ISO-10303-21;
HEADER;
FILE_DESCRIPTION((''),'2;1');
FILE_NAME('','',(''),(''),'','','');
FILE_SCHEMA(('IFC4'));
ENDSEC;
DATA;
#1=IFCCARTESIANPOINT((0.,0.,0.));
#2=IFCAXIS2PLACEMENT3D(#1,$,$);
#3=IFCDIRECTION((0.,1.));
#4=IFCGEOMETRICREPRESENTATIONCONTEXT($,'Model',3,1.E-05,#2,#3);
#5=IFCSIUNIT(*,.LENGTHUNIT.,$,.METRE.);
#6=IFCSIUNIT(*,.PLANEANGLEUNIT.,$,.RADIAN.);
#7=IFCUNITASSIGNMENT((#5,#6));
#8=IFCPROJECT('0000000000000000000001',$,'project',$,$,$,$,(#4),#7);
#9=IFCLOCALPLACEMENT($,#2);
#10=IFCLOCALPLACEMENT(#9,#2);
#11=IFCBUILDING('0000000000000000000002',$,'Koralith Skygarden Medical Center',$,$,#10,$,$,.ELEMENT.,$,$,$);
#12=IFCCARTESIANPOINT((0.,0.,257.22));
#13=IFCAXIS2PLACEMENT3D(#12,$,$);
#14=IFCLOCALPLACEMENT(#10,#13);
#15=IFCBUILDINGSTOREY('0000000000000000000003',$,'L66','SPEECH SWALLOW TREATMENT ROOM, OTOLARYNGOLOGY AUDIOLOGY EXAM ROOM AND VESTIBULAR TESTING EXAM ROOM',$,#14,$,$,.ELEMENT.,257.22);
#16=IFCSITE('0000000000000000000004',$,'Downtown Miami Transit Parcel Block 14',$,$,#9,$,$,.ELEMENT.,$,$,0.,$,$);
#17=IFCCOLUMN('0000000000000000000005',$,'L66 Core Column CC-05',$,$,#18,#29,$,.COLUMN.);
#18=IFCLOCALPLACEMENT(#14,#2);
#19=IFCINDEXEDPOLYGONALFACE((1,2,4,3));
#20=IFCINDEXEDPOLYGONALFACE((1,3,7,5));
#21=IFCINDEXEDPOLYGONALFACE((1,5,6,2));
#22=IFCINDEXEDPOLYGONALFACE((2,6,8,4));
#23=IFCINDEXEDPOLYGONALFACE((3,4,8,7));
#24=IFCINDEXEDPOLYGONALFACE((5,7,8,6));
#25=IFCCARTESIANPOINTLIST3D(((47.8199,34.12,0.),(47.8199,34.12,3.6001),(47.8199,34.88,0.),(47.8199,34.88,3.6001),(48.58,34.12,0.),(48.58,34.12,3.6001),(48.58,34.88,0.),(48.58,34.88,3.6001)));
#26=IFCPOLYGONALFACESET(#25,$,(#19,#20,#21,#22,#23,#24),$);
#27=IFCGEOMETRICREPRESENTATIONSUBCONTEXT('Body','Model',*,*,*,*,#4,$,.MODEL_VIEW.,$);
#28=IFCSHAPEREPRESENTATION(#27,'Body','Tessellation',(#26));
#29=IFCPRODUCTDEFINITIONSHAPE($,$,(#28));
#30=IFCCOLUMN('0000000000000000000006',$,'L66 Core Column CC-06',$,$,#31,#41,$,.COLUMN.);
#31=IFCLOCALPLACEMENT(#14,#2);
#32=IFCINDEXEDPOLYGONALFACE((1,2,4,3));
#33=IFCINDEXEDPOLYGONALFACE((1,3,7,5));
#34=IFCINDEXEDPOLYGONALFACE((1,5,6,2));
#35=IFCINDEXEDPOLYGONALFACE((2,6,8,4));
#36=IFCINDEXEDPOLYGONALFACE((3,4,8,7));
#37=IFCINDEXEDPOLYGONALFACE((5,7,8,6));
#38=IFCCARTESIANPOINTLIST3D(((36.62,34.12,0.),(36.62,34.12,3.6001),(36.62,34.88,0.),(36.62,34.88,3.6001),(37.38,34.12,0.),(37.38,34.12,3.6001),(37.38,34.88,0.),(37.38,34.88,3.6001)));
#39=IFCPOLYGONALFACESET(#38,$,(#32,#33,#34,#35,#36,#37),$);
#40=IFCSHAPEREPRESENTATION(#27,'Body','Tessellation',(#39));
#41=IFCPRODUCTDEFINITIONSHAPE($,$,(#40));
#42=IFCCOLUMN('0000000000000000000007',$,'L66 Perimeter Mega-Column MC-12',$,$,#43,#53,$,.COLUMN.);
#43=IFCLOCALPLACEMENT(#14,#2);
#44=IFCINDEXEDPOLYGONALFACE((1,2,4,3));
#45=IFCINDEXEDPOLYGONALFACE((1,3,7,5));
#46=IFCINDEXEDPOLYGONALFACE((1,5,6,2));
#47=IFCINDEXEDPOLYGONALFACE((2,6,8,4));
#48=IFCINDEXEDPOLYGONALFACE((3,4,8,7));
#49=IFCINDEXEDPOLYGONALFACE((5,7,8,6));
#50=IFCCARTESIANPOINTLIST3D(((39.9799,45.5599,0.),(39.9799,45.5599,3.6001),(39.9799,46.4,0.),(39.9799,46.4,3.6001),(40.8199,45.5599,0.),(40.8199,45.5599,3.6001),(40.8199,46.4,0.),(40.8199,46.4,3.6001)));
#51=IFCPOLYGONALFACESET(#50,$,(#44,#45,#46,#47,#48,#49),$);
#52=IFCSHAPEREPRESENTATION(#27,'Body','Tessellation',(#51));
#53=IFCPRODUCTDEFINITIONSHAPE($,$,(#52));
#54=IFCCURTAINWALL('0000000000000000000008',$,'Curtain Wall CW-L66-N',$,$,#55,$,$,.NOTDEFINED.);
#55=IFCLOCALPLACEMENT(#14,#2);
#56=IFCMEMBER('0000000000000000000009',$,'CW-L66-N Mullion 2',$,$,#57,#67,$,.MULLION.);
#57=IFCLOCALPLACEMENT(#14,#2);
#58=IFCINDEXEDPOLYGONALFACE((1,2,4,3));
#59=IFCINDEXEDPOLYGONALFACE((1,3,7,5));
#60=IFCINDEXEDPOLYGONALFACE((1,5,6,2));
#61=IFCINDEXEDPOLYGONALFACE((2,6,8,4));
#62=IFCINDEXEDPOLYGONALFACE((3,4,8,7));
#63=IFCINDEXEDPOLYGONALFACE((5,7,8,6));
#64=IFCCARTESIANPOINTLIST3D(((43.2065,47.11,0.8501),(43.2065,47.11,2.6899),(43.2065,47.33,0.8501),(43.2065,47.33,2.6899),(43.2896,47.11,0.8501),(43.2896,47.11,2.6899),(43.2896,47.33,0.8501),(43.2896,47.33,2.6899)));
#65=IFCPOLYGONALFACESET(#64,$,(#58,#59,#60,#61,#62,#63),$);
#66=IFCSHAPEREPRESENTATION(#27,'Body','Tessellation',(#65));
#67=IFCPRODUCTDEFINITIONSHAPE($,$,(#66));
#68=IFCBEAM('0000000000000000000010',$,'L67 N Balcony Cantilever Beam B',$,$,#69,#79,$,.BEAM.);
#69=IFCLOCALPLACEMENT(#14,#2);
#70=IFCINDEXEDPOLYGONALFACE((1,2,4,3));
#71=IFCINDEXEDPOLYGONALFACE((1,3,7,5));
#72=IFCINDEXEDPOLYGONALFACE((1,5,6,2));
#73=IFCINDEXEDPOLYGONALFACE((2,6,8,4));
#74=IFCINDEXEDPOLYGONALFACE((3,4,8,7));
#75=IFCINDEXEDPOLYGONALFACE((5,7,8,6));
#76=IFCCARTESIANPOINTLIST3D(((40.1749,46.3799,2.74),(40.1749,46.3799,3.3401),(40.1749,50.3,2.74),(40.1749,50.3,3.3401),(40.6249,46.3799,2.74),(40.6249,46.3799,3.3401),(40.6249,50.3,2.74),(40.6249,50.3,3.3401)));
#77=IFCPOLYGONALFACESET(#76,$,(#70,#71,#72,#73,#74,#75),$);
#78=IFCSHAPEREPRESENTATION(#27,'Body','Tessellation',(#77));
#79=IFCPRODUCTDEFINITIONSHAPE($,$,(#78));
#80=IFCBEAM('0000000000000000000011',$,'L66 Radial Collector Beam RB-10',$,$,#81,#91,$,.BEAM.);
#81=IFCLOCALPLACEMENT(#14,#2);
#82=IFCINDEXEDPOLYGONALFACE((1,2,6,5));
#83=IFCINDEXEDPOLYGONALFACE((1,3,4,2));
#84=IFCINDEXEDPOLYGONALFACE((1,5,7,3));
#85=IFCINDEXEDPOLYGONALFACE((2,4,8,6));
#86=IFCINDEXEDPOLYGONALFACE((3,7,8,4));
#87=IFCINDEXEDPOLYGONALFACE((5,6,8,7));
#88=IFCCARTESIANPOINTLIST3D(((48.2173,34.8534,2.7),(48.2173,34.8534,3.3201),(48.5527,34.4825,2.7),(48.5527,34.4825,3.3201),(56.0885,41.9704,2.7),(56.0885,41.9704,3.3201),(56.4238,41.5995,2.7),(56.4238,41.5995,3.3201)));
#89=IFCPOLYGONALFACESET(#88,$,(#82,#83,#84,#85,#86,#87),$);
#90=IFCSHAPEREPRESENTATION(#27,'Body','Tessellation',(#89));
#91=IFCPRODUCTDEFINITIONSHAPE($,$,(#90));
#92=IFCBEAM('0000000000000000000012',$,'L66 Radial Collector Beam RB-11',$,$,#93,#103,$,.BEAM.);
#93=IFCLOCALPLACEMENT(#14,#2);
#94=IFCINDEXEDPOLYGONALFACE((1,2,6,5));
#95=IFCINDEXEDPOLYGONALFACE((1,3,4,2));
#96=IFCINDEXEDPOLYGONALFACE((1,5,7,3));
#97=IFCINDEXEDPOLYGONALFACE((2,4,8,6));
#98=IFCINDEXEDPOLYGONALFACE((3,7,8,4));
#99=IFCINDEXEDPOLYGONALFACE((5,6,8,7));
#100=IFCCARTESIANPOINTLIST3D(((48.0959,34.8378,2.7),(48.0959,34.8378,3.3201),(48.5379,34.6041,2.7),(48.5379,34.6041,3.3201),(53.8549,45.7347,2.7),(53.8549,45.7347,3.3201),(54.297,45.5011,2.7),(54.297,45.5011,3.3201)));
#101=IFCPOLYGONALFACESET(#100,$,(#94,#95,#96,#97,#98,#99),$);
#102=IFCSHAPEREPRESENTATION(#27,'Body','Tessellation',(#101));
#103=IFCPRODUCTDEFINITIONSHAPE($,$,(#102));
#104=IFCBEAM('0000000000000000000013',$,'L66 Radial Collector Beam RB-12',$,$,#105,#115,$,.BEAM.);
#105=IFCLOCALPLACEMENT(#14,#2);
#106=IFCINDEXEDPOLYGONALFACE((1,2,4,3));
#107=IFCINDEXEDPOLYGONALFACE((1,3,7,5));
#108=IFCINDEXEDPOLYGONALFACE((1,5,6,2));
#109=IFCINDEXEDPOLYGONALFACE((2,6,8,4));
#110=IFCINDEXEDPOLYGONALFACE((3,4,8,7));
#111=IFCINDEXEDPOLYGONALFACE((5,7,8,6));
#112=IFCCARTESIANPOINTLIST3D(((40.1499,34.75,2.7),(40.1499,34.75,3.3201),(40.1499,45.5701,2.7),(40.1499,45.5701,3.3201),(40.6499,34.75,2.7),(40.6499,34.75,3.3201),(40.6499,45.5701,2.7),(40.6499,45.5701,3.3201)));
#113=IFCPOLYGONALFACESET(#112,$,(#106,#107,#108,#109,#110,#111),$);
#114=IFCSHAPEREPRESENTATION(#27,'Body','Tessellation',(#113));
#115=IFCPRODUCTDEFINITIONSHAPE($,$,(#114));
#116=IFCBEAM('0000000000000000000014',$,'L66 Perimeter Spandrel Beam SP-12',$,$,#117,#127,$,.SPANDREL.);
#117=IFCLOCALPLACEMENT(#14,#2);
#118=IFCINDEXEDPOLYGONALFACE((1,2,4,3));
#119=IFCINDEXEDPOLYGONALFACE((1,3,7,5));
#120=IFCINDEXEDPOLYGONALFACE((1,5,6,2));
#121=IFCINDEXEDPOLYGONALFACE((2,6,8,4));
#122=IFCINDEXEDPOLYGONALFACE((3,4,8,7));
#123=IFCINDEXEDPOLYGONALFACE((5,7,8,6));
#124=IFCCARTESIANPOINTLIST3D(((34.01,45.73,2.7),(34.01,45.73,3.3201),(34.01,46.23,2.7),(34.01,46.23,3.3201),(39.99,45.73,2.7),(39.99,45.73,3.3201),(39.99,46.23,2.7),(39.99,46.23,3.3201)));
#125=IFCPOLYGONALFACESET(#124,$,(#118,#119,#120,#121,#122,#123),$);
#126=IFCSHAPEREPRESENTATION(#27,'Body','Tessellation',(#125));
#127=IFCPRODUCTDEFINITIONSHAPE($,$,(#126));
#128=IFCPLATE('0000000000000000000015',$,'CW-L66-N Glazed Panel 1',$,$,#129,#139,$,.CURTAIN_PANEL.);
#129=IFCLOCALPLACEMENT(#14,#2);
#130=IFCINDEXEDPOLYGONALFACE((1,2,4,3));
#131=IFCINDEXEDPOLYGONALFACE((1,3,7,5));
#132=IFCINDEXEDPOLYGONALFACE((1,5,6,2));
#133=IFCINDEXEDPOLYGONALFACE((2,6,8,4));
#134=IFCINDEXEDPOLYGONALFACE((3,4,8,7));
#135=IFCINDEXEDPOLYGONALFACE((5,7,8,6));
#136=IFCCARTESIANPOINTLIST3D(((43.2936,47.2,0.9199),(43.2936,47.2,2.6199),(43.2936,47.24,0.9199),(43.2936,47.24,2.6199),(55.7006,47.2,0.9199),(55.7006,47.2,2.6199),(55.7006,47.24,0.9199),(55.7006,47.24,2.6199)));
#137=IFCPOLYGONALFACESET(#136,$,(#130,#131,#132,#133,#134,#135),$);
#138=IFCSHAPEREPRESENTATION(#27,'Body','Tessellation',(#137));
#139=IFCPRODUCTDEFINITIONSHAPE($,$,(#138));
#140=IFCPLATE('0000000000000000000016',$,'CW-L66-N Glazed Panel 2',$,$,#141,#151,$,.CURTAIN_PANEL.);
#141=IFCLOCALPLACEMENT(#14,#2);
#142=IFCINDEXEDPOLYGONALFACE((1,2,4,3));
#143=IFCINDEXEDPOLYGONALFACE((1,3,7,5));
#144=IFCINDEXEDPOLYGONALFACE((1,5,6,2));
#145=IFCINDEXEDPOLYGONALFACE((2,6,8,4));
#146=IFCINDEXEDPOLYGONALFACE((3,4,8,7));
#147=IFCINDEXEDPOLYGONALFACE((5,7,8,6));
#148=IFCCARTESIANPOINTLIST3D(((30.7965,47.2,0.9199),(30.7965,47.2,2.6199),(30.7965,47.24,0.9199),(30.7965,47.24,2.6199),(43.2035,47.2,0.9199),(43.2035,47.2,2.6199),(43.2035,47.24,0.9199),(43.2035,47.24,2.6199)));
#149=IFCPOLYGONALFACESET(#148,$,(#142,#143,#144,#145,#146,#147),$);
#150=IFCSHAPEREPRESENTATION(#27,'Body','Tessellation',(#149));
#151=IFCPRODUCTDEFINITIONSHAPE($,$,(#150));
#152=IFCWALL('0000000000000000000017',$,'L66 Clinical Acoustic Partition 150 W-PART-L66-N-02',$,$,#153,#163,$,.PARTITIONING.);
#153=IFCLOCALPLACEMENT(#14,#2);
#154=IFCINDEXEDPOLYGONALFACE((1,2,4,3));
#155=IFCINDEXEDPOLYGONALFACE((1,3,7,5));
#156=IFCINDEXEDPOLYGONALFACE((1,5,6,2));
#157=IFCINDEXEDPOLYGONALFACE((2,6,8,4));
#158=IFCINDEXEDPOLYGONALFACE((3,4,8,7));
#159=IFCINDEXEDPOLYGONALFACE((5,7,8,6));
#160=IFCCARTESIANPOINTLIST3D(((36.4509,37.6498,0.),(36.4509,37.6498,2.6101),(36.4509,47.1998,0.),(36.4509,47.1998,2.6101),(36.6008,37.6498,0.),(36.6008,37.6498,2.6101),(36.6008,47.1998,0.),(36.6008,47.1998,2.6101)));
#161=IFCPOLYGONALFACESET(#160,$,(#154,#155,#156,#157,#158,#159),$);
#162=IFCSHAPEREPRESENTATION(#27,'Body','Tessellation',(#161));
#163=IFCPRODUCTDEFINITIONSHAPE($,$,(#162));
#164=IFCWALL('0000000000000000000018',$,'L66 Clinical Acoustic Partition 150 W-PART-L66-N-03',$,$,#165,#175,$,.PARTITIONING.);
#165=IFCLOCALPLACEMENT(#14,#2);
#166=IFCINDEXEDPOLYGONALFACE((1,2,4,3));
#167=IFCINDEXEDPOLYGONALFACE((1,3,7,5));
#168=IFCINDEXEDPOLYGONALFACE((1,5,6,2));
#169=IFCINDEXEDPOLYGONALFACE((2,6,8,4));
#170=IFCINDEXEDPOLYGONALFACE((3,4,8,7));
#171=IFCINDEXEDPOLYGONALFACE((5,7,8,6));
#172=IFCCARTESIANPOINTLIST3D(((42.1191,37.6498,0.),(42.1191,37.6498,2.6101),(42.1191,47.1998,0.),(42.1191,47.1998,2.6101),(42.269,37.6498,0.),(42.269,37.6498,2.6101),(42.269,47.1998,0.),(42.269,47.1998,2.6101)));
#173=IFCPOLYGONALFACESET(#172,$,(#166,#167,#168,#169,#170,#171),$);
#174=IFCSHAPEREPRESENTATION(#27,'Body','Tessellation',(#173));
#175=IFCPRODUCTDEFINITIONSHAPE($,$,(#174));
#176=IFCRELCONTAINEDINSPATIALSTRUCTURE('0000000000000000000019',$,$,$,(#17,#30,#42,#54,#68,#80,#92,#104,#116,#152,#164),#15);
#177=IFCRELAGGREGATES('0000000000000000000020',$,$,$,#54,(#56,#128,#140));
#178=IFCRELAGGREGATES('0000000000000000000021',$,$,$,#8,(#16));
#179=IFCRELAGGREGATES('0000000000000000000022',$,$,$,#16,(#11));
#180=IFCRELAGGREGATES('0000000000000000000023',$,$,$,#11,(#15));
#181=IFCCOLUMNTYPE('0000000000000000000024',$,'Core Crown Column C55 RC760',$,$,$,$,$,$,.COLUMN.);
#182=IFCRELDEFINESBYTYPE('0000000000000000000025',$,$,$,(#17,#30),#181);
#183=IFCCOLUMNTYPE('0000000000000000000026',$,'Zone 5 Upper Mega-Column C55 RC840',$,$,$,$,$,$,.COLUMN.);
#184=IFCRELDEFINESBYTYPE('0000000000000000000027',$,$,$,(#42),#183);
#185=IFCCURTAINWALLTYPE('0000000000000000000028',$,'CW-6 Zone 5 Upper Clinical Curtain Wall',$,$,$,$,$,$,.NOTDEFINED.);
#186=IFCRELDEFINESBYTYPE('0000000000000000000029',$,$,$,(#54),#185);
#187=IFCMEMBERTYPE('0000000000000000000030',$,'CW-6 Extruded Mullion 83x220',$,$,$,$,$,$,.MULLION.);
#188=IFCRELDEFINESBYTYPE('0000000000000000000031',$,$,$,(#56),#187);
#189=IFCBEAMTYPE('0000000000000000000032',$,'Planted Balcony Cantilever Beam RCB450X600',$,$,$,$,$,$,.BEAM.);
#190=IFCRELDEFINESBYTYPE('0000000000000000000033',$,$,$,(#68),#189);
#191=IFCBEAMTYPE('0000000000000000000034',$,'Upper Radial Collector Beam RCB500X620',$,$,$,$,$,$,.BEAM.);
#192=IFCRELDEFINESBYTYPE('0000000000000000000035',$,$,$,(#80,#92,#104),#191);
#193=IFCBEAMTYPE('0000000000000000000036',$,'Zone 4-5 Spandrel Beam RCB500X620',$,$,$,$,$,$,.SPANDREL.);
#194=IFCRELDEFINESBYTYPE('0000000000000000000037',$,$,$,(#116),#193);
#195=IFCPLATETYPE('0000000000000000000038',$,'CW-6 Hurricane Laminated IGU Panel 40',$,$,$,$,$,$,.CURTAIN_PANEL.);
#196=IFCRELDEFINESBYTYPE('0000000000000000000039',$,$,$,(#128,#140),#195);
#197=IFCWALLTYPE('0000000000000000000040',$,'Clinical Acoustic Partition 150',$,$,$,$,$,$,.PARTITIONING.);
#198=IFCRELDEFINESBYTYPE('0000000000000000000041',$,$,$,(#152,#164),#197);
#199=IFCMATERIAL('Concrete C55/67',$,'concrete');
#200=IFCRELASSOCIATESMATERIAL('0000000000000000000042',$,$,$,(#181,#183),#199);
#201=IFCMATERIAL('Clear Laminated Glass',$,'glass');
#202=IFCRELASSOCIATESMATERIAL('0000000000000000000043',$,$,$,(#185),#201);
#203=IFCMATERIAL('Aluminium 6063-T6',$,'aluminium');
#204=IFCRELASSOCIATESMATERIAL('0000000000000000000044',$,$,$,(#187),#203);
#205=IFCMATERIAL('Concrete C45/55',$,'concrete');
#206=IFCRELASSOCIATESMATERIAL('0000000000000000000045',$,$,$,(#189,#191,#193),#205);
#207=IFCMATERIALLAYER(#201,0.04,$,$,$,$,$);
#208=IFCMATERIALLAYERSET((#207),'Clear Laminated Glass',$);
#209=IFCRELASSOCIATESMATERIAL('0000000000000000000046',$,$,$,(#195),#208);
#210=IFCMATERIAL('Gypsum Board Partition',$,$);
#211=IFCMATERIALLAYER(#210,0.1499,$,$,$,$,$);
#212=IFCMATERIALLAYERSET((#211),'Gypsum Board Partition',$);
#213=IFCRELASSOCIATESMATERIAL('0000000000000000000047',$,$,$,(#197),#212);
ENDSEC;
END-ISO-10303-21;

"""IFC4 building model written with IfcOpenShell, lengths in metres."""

from ifc_helpers import new_model, si_unit, direction, frame, frame_2d, origin, origin_2d, place, context, subcontext, project, spatial, rectangle, extrude, material, layer, layer_set, material_profile, profile_set, type_object, element, aggregate, save


model = new_model("IFC4")

# Units and contexts
model_context = context("Model", 3, precision=1e-05, world=origin(), true_north=direction((0.0, 1.0)))
body_context = subcontext(model_context, "Body", "Model", "MODEL_VIEW")
ifc_project = project(units=[si_unit("LENGTHUNIT", "METRE"), si_unit("PLANEANGLEUNIT", "RADIAN")], contexts=[model_context])

# Site, building, storey
site_placement = place(None, origin())
site = spatial("IfcSite", under=ifc_project, at=site_placement, Name="Downtown Miami Transit Parcel Block 14", CompositionType="ELEMENT", RefElevation=0.0)
building_placement = place(site_placement, origin())
building = spatial("IfcBuilding", under=site, at=building_placement, Name="Koralith Skygarden Medical Center", CompositionType="ELEMENT")
storey_placement = place(building_placement, frame((0.0, 0.0, 257.22)))
storey = spatial("IfcBuildingStorey", under=building, at=storey_placement, Name="L66", Description="SPEECH SWALLOW TREATMENT ROOM, OTOLARYNGOLOGY AUDIOLOGY EXAM ROOM AND VESTIBULAR TESTING EXAM ROOM", CompositionType="ELEMENT", Elevation=257.22)

# Columns
ifc_material_1 = material(Name="Concrete C55/67", Category="concrete")
ifc_material_profile_1 = material_profile(ifc_material_1, rectangle(XDim=0.76, YDim=0.76, at=origin_2d()), Name="RC760X760")
ifc_profile_set_1 = profile_set([ifc_material_profile_1], Name="Concrete C55/67")
column_type_1 = type_object("IfcColumnType", Name="Core Crown Column C55 RC760", PredefinedType="COLUMN", material=ifc_profile_set_1)
for number, where, z_axis, x_axis, name in (
    (1, (48.2, 34.5, 0.0), (0.0, 0.0, 1.0), (1.0, 0.0, 0.0), "L66 Core Column CC-05"),
    (2, (37.0, 34.5, 0.0), (0.0, 0.0, 1.0), (1.0, 0.0, 0.0), "L66 Core Column CC-06"),
):
    element("IfcColumn", number, at=place(storey_placement, frame(where, z_axis=z_axis, x_axis=x_axis)), inside=storey, type_object=column_type_1, Name=name, PredefinedType="COLUMN", context=body_context, shape_type="SweptSolid", body=[
        extrude(rectangle(XDim=0.76, YDim=0.76, at=origin_2d()), origin(), (0.0, 0.0, 1.0), 3.6001),
    ])
ifc_material_profile_2 = material_profile(ifc_material_1, rectangle(XDim=0.8401, YDim=0.8401, at=origin_2d()), Name="RC840X840")
ifc_profile_set_2 = profile_set([ifc_material_profile_2], Name="Concrete C55/67")
column_type_2 = type_object("IfcColumnType", Name="Zone 5 Upper Mega-Column C55 RC840", PredefinedType="COLUMN", material=ifc_profile_set_2)
column_placement = place(storey_placement, frame((40.3999, 45.98, 0.0), z_axis=(0.0, 0.0, 1.0), x_axis=(1.0, 0.0, 0.0)))
element("IfcColumn", 3, at=column_placement, inside=storey, type_object=column_type_2, Name="L66 Perimeter Mega-Column MC-12", PredefinedType="COLUMN", context=body_context, shape_type="SweptSolid", body=[
    extrude(rectangle(XDim=0.8401, YDim=0.8401, at=origin_2d()), origin(), (0.0, 0.0, 1.0), 3.6001),
])

# Curtain wall, member
ifc_material_2 = material(Name="Clear Laminated Glass", Category="glass")
curtain_wall_type = type_object("IfcCurtainWallType", Name="CW-6 Zone 5 Upper Clinical Curtain Wall", PredefinedType="NOTDEFINED", material=ifc_material_2)
curtain_wall_placement = place(storey_placement, origin())
curtain_wall = element("IfcCurtainWall", 4, at=curtain_wall_placement, inside=storey, type_object=curtain_wall_type, Name="Curtain Wall CW-L66-N", PredefinedType="NOTDEFINED")
ifc_material_3 = material(Name="Aluminium 6063-T6", Category="aluminium")
ifc_material_profile_3 = material_profile(ifc_material_3, rectangle(XDim=0.083, YDim=0.22, at=origin_2d()), Name="MUL83X220")
ifc_profile_set_3 = profile_set([ifc_material_profile_3], Name="Aluminium 6063-T6")
member_type = type_object("IfcMemberType", Name="CW-6 Extruded Mullion 83x220", PredefinedType="MULLION", material=ifc_profile_set_3)
member_placement = place(storey_placement, frame((43.248, 47.22, 0.8501), z_axis=(0.0, 0.0, 1.0), x_axis=(1.0, 0.0, 0.0)))
member = element("IfcMember", 5, at=member_placement, type_object=member_type, Name="CW-L66-N Mullion 2", PredefinedType="MULLION", context=body_context, shape_type="SweptSolid", body=[
    extrude(rectangle(XDim=0.083, YDim=0.22, at=origin_2d()), origin(), (0.0, 0.0, 1.0), 1.8398),
])

# Beams
ifc_material_4 = material(Name="Concrete C45/55", Category="concrete")
ifc_material_profile_4 = material_profile(ifc_material_4, rectangle(XDim=0.45, YDim=0.6001, at=origin_2d()), Name="RCB450X600")
ifc_profile_set_4 = profile_set([ifc_material_profile_4], Name="Concrete C45/55")
beam_type_1 = type_object("IfcBeamType", Name="Planted Balcony Cantilever Beam RCB450X600", PredefinedType="BEAM", material=ifc_profile_set_4)
beam_1_placement = place(storey_placement, frame((40.3999, 46.3799, 3.04), z_axis=(0.0, 1.0, 0.0), x_axis=(-1.0, 0.0, 0.0)))
element("IfcBeam", 6, at=beam_1_placement, inside=storey, type_object=beam_type_1, Name="L67 N Balcony Cantilever Beam B", PredefinedType="BEAM", context=body_context, shape_type="SweptSolid", body=[
    extrude(rectangle(XDim=0.45, YDim=0.6001, at=origin_2d()), origin(), (0.0, 0.0, 1.0), 3.9202),
])
ifc_material_profile_5 = material_profile(ifc_material_4, rectangle(XDim=0.5, YDim=0.6201, at=origin_2d()), Name="RCB500X620")
ifc_profile_set_5 = profile_set([ifc_material_profile_5], Name="Concrete C45/55")
beam_type_2 = type_object("IfcBeamType", Name="Upper Radial Collector Beam RCB500X620", PredefinedType="BEAM", material=ifc_profile_set_5)
beam_2_placement = place(storey_placement, frame((48.385, 34.668, 3.01), z_axis=(0.741748, 0.670679, 0.0), x_axis=(-0.670679, 0.741748, 0.0)))
element("IfcBeam", 7, at=beam_2_placement, inside=storey, type_object=beam_type_2, Name="L66 Radial Collector Beam RB-10", PredefinedType="BEAM", context=body_context, shape_type="SweptSolid", body=[
    extrude(rectangle(XDim=0.5, YDim=0.6201, at=origin_2d()), origin(), (0.0, 0.0, 1.0), 10.6116),
])
beam_3_placement = place(storey_placement, frame((48.3169, 34.7209, 3.01), z_axis=(0.467257, 0.884122, 0.0), x_axis=(-0.884122, 0.467257, 0.0)))
element("IfcBeam", 8, at=beam_3_placement, inside=storey, type_object=beam_type_2, Name="L66 Radial Collector Beam RB-11", PredefinedType="BEAM", context=body_context, shape_type="SweptSolid", body=[
    extrude(rectangle(XDim=0.5, YDim=0.6201, at=origin_2d()), origin(), (0.0, 0.0, 1.0), 12.3252),
])
beam_4_placement = place(storey_placement, frame((40.3999, 34.75, 3.01), z_axis=(0.0, 1.0, 0.0), x_axis=(-1.0, 0.0, 0.0)))
element("IfcBeam", 9, at=beam_4_placement, inside=storey, type_object=beam_type_2, Name="L66 Radial Collector Beam RB-12", PredefinedType="BEAM", context=body_context, shape_type="SweptSolid", body=[
    extrude(rectangle(XDim=0.5, YDim=0.6201, at=origin_2d()), origin(), (0.0, 0.0, 1.0), 10.8201),
])
ifc_material_profile_6 = material_profile(ifc_material_4, rectangle(XDim=0.5, YDim=0.6201, at=origin_2d()), Name="RCB500X620")
ifc_profile_set_6 = profile_set([ifc_material_profile_6], Name="Concrete C45/55")
beam_type_3 = type_object("IfcBeamType", Name="Zone 4-5 Spandrel Beam RCB500X620", PredefinedType="SPANDREL", material=ifc_profile_set_6)
beam_5_placement = place(storey_placement, frame((39.99, 45.98, 3.01), z_axis=(-1.0, 0.0, 0.0), x_axis=(0.0, -1.0, 0.0)))
element("IfcBeam", 10, at=beam_5_placement, inside=storey, type_object=beam_type_3, Name="L66 Perimeter Spandrel Beam SP-12", PredefinedType="SPANDREL", context=body_context, shape_type="SweptSolid", body=[
    extrude(rectangle(XDim=0.5, YDim=0.6201, at=origin_2d()), origin(), (0.0, 0.0, 1.0), 5.98),
])

# Plates
ifc_layer_1 = layer(ifc_material_2, 0.04)
ifc_layer_set_1 = layer_set([ifc_layer_1], Name="Clear Laminated Glass")
plate_type = type_object("IfcPlateType", Name="CW-6 Hurricane Laminated IGU Panel 40", PredefinedType="CURTAIN_PANEL", material=ifc_layer_set_1)
plate_1_placement = place(storey_placement, frame((49.4971, 47.22, 0.9199), z_axis=(0.0, 0.0, 1.0), x_axis=(-1.0, 0.0, 0.0)))
plate_1 = element("IfcPlate", 11, at=plate_1_placement, type_object=plate_type, Name="CW-L66-N Glazed Panel 1", PredefinedType="CURTAIN_PANEL", context=body_context, shape_type="SweptSolid", body=[
    extrude(rectangle(XDim=12.407, YDim=0.04, at=origin_2d()), origin(), (0.0, 0.0, 1.0), 1.7),
])
plate_2_placement = place(storey_placement, frame((37.0, 47.22, 0.9199), z_axis=(0.0, 0.0, 1.0), x_axis=(-1.0, 0.0, 0.0)))
plate_2 = element("IfcPlate", 12, at=plate_2_placement, type_object=plate_type, Name="CW-L66-N Glazed Panel 2", PredefinedType="CURTAIN_PANEL", context=body_context, shape_type="SweptSolid", body=[
    extrude(rectangle(XDim=12.407, YDim=0.04, at=origin_2d()), origin(), (0.0, 0.0, 1.0), 1.7),
])
aggregate(curtain_wall, [member, plate_1, plate_2])

# Walls
ifc_material_5 = material(Name="Gypsum Board Partition")
ifc_layer_2 = layer(ifc_material_5, 0.1499)
ifc_layer_set_2 = layer_set([ifc_layer_2], Name="Gypsum Board Partition")
wall_type_1 = type_object("IfcWallType", Name="Clinical Acoustic Partition 150", PredefinedType="PARTITIONING", material=ifc_layer_set_2)
for number, where, z_axis, x_axis, name in (
    (13, (36.5259, 37.6499, 0.0), (0.0, 0.0, 1.0), (0.0, 1.0, 0.0), "L66 Clinical Acoustic Partition 150 W-PART-L66-N-02"),
    (14, (42.1941, 37.6499, 0.0), (0.0, 0.0, 1.0), (0.0, 1.0, 0.0), "L66 Clinical Acoustic Partition 150 W-PART-L66-N-03"),
):
    element("IfcWall", number, at=place(storey_placement, frame(where, z_axis=z_axis, x_axis=x_axis)), inside=storey, type_object=wall_type_1, Name=name, PredefinedType="PARTITIONING", context=body_context, shape_type="SweptSolid", body=[
        extrude(rectangle(XDim=9.55, YDim=0.1499, at=frame_2d((4.7749, 0.0))), origin(), (0.0, 0.0, 1.0), 2.6101),
    ])

save(model, "model.ifc")
